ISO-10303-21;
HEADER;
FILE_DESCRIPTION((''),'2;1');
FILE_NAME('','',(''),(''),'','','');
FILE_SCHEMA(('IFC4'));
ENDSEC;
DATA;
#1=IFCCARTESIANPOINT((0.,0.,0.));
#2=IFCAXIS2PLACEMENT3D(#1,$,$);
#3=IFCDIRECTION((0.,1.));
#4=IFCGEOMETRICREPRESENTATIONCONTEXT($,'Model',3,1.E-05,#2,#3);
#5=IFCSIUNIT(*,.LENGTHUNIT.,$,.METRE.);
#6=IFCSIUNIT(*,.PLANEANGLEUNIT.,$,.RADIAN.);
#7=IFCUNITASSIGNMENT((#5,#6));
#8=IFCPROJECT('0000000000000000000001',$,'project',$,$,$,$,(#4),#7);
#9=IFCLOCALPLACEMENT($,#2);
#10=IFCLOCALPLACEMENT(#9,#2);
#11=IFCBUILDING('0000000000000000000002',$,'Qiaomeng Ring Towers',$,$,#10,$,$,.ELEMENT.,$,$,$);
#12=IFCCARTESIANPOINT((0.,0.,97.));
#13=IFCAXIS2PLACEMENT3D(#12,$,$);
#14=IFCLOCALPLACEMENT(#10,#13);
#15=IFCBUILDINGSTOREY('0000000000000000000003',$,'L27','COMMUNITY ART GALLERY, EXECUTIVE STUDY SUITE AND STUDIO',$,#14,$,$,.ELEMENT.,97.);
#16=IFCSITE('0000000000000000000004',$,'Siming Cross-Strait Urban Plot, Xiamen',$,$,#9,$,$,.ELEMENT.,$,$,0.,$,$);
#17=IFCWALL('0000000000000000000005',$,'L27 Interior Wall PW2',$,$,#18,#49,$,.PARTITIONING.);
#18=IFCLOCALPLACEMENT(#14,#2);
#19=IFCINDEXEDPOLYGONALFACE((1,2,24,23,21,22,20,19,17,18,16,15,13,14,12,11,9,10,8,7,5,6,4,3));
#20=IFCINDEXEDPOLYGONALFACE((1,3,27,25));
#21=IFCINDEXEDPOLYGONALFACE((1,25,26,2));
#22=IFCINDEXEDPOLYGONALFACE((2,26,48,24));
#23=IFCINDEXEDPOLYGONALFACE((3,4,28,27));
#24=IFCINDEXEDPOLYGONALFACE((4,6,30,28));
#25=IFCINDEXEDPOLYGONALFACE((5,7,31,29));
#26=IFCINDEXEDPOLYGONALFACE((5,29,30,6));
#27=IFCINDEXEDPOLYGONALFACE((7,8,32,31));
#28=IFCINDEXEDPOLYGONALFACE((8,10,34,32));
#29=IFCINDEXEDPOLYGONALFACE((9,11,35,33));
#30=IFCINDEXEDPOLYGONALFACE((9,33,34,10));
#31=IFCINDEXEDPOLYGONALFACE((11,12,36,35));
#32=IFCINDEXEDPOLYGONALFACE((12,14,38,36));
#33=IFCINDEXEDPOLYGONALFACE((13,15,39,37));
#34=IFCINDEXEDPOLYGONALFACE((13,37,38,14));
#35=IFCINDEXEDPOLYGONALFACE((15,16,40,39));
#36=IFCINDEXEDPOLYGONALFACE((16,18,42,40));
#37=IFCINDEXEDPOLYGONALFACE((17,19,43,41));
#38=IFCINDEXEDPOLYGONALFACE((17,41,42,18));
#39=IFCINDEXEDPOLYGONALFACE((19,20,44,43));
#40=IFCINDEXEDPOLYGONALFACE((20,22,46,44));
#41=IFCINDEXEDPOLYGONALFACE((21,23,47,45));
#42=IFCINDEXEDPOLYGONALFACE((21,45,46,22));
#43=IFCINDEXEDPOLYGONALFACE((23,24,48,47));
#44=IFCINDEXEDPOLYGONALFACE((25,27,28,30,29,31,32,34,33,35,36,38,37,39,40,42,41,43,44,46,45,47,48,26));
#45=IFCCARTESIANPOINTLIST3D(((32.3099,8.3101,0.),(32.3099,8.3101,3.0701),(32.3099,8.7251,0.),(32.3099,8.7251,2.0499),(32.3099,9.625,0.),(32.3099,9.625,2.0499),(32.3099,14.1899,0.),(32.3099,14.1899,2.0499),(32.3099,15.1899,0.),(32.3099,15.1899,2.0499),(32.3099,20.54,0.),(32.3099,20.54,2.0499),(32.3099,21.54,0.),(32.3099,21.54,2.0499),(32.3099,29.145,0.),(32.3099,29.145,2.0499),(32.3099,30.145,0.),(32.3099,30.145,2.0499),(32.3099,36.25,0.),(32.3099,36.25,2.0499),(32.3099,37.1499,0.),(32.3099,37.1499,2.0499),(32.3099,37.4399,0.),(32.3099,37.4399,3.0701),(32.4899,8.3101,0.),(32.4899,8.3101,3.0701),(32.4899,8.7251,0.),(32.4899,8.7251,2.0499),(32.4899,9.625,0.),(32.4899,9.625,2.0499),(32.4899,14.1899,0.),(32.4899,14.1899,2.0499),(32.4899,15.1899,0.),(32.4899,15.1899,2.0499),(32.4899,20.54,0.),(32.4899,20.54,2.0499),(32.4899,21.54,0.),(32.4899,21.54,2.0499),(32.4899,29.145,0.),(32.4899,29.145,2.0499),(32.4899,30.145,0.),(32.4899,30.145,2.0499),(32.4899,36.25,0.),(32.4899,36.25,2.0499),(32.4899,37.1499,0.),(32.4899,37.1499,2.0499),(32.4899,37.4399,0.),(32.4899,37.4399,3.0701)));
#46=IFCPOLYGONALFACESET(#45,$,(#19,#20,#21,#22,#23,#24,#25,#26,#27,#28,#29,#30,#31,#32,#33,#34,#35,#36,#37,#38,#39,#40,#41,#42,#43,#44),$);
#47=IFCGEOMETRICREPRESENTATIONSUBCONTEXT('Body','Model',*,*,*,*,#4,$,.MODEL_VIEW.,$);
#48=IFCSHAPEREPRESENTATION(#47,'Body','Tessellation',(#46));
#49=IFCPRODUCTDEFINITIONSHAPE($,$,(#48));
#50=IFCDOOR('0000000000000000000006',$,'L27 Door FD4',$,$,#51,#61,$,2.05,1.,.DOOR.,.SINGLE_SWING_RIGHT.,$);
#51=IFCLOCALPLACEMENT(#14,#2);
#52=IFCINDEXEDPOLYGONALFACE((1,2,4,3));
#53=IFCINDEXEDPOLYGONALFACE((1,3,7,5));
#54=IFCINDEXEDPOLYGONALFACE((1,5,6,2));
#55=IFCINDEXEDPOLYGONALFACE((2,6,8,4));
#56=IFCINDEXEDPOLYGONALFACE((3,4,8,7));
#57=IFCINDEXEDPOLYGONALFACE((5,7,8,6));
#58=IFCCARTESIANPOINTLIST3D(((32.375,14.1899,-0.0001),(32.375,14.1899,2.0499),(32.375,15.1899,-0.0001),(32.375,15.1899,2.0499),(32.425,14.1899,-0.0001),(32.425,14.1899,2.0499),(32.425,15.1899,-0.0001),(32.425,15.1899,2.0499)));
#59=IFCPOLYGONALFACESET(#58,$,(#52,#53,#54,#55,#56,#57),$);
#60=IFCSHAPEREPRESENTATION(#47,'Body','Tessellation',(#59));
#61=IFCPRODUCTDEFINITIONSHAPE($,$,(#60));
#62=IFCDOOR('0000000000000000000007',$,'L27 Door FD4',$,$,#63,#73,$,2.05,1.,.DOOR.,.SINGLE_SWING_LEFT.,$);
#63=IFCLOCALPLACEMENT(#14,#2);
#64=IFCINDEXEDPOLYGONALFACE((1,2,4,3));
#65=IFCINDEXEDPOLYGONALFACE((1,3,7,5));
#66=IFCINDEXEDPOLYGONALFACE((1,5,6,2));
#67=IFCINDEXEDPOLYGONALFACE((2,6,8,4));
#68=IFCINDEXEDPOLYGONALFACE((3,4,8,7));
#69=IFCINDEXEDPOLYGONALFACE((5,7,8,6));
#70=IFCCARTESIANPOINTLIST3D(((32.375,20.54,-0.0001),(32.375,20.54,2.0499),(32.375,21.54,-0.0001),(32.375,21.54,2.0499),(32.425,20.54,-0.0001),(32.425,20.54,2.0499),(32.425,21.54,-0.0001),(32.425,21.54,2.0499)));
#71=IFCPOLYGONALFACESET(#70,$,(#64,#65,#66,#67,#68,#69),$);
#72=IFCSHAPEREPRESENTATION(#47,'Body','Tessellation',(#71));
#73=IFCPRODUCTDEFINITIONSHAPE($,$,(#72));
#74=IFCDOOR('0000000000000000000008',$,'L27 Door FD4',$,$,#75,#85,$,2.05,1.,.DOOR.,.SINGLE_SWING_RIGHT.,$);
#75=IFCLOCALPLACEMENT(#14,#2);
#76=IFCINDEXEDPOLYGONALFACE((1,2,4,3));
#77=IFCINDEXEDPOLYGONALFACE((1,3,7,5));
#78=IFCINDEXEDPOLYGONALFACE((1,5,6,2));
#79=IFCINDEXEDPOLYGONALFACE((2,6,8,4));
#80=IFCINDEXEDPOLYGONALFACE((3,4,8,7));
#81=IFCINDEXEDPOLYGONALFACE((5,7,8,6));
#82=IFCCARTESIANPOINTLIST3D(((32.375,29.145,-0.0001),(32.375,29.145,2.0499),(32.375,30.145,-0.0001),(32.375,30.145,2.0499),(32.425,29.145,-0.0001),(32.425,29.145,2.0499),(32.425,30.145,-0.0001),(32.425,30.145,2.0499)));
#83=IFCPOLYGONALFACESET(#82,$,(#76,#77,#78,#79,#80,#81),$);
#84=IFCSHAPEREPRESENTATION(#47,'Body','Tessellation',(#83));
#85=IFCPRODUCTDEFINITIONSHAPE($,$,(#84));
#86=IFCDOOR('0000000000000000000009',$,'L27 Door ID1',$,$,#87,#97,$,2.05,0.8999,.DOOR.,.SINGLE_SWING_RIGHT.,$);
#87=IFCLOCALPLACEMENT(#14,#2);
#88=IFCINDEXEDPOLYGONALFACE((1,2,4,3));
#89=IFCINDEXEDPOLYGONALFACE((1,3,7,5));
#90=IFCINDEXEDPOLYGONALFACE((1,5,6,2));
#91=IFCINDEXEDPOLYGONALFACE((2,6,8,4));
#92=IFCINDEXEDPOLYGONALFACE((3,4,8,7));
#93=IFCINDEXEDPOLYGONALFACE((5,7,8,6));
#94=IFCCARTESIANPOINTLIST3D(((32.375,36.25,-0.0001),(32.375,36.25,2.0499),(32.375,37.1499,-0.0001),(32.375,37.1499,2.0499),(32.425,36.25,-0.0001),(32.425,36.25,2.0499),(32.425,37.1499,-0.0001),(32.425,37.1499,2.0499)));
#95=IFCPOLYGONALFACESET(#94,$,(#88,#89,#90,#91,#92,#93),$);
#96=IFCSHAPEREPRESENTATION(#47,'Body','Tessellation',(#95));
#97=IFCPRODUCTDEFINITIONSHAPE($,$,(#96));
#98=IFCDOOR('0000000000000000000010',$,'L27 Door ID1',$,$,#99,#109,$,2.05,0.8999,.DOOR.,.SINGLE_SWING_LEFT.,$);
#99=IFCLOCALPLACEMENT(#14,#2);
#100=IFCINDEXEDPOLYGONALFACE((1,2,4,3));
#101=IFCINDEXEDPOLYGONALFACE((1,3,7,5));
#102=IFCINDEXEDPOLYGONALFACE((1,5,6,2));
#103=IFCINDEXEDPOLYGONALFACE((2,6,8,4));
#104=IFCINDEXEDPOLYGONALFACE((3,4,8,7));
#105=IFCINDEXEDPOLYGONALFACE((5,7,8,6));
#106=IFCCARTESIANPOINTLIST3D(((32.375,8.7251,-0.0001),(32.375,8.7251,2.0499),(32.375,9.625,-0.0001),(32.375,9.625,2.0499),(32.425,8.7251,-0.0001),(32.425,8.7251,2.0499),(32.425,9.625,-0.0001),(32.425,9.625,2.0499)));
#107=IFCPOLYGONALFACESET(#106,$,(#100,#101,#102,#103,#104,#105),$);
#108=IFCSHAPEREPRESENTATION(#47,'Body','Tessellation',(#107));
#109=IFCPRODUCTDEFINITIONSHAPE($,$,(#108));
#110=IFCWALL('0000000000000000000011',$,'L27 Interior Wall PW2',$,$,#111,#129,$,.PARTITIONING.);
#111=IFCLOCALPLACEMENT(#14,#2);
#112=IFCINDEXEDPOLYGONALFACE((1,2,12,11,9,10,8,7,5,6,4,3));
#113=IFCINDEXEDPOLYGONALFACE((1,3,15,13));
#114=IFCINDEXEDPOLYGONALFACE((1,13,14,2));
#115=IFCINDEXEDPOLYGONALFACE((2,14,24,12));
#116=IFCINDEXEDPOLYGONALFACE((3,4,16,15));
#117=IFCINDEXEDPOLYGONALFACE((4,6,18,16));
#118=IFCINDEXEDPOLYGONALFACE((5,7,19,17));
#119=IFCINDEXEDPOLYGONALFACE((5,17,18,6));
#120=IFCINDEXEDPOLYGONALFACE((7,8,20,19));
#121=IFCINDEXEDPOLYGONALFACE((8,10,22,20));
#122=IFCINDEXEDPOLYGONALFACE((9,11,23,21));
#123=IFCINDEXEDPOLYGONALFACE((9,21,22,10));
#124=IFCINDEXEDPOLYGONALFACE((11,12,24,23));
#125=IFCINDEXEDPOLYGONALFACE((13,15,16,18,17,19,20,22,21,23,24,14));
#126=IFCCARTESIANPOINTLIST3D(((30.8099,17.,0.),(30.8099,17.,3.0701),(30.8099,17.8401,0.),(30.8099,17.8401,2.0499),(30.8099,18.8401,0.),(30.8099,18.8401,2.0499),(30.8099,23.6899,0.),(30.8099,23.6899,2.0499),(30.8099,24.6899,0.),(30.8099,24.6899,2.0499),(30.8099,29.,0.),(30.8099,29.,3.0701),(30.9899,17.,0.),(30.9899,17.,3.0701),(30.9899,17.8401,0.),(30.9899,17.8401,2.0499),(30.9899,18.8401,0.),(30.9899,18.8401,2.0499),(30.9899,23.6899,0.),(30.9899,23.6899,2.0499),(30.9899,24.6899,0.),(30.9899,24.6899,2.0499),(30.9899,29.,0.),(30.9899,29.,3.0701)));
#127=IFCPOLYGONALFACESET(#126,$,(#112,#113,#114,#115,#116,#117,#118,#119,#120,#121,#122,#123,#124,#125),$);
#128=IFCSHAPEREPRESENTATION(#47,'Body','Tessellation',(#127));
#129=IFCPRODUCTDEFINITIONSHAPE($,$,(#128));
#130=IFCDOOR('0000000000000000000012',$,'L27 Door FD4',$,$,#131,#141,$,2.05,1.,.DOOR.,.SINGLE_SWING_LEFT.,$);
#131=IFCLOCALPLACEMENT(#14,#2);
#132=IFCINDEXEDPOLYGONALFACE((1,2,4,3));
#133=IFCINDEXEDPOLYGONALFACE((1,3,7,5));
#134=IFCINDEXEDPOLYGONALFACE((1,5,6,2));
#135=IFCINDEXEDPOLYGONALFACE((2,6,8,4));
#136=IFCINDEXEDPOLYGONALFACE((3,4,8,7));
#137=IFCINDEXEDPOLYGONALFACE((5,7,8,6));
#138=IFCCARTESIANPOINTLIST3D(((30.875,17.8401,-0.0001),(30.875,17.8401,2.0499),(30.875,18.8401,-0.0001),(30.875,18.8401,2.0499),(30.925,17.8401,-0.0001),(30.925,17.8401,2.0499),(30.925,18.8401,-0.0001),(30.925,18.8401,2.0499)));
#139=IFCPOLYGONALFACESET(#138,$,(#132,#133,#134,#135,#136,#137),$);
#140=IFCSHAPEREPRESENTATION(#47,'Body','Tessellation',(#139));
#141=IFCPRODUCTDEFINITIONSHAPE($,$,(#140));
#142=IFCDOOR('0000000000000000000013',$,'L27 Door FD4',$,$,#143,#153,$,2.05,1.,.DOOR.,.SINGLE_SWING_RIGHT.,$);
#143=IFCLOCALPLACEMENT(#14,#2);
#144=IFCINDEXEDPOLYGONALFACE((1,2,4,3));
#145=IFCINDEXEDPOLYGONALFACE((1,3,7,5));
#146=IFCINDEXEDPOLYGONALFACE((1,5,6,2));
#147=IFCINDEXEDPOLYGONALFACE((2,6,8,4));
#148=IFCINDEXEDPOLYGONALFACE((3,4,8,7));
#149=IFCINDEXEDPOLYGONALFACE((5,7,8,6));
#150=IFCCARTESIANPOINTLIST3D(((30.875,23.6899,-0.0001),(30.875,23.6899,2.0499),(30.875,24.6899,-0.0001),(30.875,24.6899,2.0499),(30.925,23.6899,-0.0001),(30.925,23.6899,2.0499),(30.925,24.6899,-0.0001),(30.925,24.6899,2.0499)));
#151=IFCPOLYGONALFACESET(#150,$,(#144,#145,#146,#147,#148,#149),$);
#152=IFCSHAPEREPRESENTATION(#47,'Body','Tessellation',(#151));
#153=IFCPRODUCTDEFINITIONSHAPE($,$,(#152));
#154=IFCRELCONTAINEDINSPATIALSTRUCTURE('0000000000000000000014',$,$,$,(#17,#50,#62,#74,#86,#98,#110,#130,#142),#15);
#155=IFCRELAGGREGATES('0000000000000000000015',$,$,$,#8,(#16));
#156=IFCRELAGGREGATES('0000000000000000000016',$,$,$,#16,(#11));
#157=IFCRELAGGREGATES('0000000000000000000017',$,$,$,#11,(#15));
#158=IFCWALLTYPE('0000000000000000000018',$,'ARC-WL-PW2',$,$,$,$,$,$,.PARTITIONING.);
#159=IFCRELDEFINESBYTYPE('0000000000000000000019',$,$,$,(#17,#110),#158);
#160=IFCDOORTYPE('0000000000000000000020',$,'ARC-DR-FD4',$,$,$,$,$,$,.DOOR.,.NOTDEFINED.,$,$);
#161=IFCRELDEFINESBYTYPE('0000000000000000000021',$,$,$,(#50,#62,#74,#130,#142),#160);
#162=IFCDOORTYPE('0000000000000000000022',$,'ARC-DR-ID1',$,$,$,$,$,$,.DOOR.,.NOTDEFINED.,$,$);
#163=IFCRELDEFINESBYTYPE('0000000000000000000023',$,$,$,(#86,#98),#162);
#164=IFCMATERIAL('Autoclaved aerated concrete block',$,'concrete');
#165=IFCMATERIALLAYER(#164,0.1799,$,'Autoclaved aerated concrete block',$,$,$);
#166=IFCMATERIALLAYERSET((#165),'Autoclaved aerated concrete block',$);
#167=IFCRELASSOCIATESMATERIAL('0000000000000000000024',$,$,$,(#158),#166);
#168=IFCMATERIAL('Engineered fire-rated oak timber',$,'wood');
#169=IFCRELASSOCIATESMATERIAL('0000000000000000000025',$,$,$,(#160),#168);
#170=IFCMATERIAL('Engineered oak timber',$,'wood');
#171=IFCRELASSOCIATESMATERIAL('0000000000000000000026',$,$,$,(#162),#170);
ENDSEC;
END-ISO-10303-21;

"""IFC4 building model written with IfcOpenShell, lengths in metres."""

from ifc_helpers import new_model, si_unit, direction, frame, frame_2d, origin, place, context, subcontext, project, spatial, rectangle, extrude, source, transform, mapped, material, layer, layer_set, type_object, element, fill, save


model = new_model("IFC4")

# Units and contexts
model_context = context("Model", 3, precision=1e-05, world=origin(), true_north=direction((0.0, 1.0)))
body_context = subcontext(model_context, "Body", "Model", "MODEL_VIEW")
ifc_project = project(units=[si_unit("LENGTHUNIT", "METRE"), si_unit("PLANEANGLEUNIT", "RADIAN")], contexts=[model_context])

# Site, building, storey
site_placement = place(None, origin())
site = spatial("IfcSite", under=ifc_project, at=site_placement, Name="Siming Cross-Strait Urban Plot, Xiamen", CompositionType="ELEMENT", RefElevation=0.0)
building_placement = place(site_placement, origin())
building = spatial("IfcBuilding", under=site, at=building_placement, Name="Qiaomeng Ring Towers", CompositionType="ELEMENT")
storey_placement = place(building_placement, frame((0.0, 0.0, 97.0)))
storey = spatial("IfcBuildingStorey", under=building, at=storey_placement, Name="L27", Description="COMMUNITY ART GALLERY, EXECUTIVE STUDY SUITE AND STUDIO", CompositionType="ELEMENT", Elevation=97.0)

# Shared definitions
ifc_material_1 = material(Name="Autoclaved aerated concrete block", Category="concrete")

# Walls, openings, doors
ifc_layer_1 = layer(ifc_material_1, 0.1799, Name="Autoclaved aerated concrete block")
ifc_layer_set_1 = layer_set([ifc_layer_1], Name="Autoclaved aerated concrete block")
wall_type_1 = type_object("IfcWallType", Name="ARC-WL-PW2", PredefinedType="PARTITIONING", material=ifc_layer_set_1)
wall_1_placement = place(storey_placement, frame((32.3999, 8.3101, 0.0), z_axis=(0.0, 0.0, 1.0), x_axis=(0.0, 1.0, 0.0)))
wall_1 = element("IfcWall", 1, at=wall_1_placement, inside=storey, type_object=wall_type_1, Name="L27 Interior Wall PW2", PredefinedType="PARTITIONING", context=body_context, shape_type="SweptSolid", body=[
    extrude(rectangle(XDim=29.1299, YDim=0.1799, at=frame_2d((14.5649, 0.0))), origin(), (0.0, 0.0, 1.0), 3.0701),
])
opening_1_placement = place(wall_1_placement, frame((27.9399, 0.0, 0.0)))
opening_1 = element("IfcOpeningElement", 2, at=opening_1_placement, cuts=wall_1, PredefinedType="OPENING", context=body_context, shape_type="SweptSolid", body=[
    extrude(rectangle(XDim=0.8999, YDim=2.05, at=frame_2d((0.45, 1.0249))), frame((0.0, 0.0999, 0.0), z_axis=(0.0, -1.0, 0.0), x_axis=(1.0, 0.0, 0.0)), (0.0, 0.0, 1.0), 0.2),
])
opening_2_placement = place(wall_1_placement, frame((0.415, 0.0, 0.0)))
opening_2 = element("IfcOpeningElement", 3, at=opening_2_placement, cuts=wall_1, PredefinedType="OPENING", context=body_context, shape_type="SweptSolid", body=[
    extrude(rectangle(XDim=0.8999, YDim=2.05, at=frame_2d((0.45, 1.0249))), frame((0.0, 0.0999, 0.0), z_axis=(0.0, -1.0, 0.0), x_axis=(1.0, 0.0, 0.0)), (0.0, 0.0, 1.0), 0.2),
])
opening_3_placement = place(wall_1_placement, frame((5.8799, 0.0, 0.0)))
opening_3 = element("IfcOpeningElement", 4, at=opening_3_placement, cuts=wall_1, PredefinedType="OPENING", context=body_context, shape_type="SweptSolid", body=[
    extrude(rectangle(XDim=1.0, YDim=2.05, at=frame_2d((0.5, 1.0249))), frame((0.0, 0.0999, 0.0), z_axis=(0.0, -1.0, 0.0), x_axis=(1.0, 0.0, 0.0)), (0.0, 0.0, 1.0), 0.2),
])
opening_4_placement = place(wall_1_placement, frame((12.23, 0.0, 0.0)))
opening_4 = element("IfcOpeningElement", 5, at=opening_4_placement, cuts=wall_1, PredefinedType="OPENING", context=body_context, shape_type="SweptSolid", body=[
    extrude(rectangle(XDim=1.0, YDim=2.05, at=frame_2d((0.5, 1.0249))), frame((0.0, 0.0999, 0.0), z_axis=(0.0, -1.0, 0.0), x_axis=(1.0, 0.0, 0.0)), (0.0, 0.0, 1.0), 0.2),
])
opening_5_placement = place(wall_1_placement, frame((20.835, 0.0, 0.0)))
opening_5 = element("IfcOpeningElement", 6, at=opening_5_placement, cuts=wall_1, PredefinedType="OPENING", context=body_context, shape_type="SweptSolid", body=[
    extrude(rectangle(XDim=1.0, YDim=2.05, at=frame_2d((0.5, 1.0249))), frame((0.0, 0.0999, 0.0), z_axis=(0.0, -1.0, 0.0), x_axis=(1.0, 0.0, 0.0)), (0.0, 0.0, 1.0), 0.2),
])
ifc_material_2 = material(Name="Engineered fire-rated oak timber", Category="wood")
door_type_1 = type_object("IfcDoorType", Name="ARC-DR-FD4", OperationType="NOTDEFINED", PredefinedType="DOOR", material=ifc_material_2)
shared_shape_1 = source(origin(), body_context, "Body", "SweptSolid", [
    extrude(rectangle(XDim=1.0, YDim=2.05, at=frame_2d((0.5, 1.0249))), frame((0.0, 0.0249, 0.0), z_axis=(0.0, -1.0, 0.0), x_axis=(1.0, 0.0, 0.0)), (0.0, 0.0, 1.0), 0.05),
])
door_1_placement = place(opening_3_placement, origin())
door_1 = element("IfcDoor", 7, at=door_1_placement, inside=storey, type_object=door_type_1, Name="L27 Door FD4", OperationType="SINGLE_SWING_RIGHT", OverallHeight=2.05, OverallWidth=1.0, PredefinedType="DOOR", context=body_context, shape_type="MappedRepresentation", body=[
    mapped(shared_shape_1, transform((0.0, 0.0, 0.0), x_axis=(1.0, 0.0, 0.0), y_axis=(0.0, 1.0, 0.0), z_axis=(0.0, 0.0, 1.0), scale=1.0)),
])
fill(opening_3, door_1)
door_2_placement = place(opening_4_placement, origin())
door_2 = element("IfcDoor", 8, at=door_2_placement, inside=storey, type_object=door_type_1, Name="L27 Door FD4", OperationType="SINGLE_SWING_LEFT", OverallHeight=2.05, OverallWidth=1.0, PredefinedType="DOOR", context=body_context, shape_type="MappedRepresentation", body=[
    mapped(shared_shape_1, transform((0.0, 0.0, 0.0), x_axis=(1.0, 0.0, 0.0), y_axis=(0.0, 1.0, 0.0), z_axis=(0.0, 0.0, 1.0), scale=1.0)),
])
fill(opening_4, door_2)
door_3_placement = place(opening_5_placement, origin())
door_3 = element("IfcDoor", 9, at=door_3_placement, inside=storey, type_object=door_type_1, Name="L27 Door FD4", OperationType="SINGLE_SWING_RIGHT", OverallHeight=2.05, OverallWidth=1.0, PredefinedType="DOOR", context=body_context, shape_type="MappedRepresentation", body=[
    mapped(shared_shape_1, transform((0.0, 0.0, 0.0), x_axis=(1.0, 0.0, 0.0), y_axis=(0.0, 1.0, 0.0), z_axis=(0.0, 0.0, 1.0), scale=1.0)),
])
fill(opening_5, door_3)
ifc_material_3 = material(Name="Engineered oak timber", Category="wood")
door_type_2 = type_object("IfcDoorType", Name="ARC-DR-ID1", OperationType="NOTDEFINED", PredefinedType="DOOR", material=ifc_material_3)
shared_shape_2 = source(origin(), body_context, "Body", "SweptSolid", [
    extrude(rectangle(XDim=0.8999, YDim=2.05, at=frame_2d((0.45, 1.0249))), frame((0.0, 0.0249, 0.0), z_axis=(0.0, -1.0, 0.0), x_axis=(1.0, 0.0, 0.0)), (0.0, 0.0, 1.0), 0.05),
])
door_4_placement = place(opening_1_placement, origin())
door_4 = element("IfcDoor", 10, at=door_4_placement, inside=storey, type_object=door_type_2, Name="L27 Door ID1", OperationType="SINGLE_SWING_RIGHT", OverallHeight=2.05, OverallWidth=0.8999, PredefinedType="DOOR", context=body_context, shape_type="MappedRepresentation", body=[
    mapped(shared_shape_2, transform((0.0, 0.0, 0.0), x_axis=(1.0, 0.0, 0.0), y_axis=(0.0, 1.0, 0.0), z_axis=(0.0, 0.0, 1.0), scale=1.0)),
])
fill(opening_1, door_4)
door_5_placement = place(opening_2_placement, origin())
door_5 = element("IfcDoor", 11, at=door_5_placement, inside=storey, type_object=door_type_2, Name="L27 Door ID1", OperationType="SINGLE_SWING_LEFT", OverallHeight=2.05, OverallWidth=0.8999, PredefinedType="DOOR", context=body_context, shape_type="MappedRepresentation", body=[
    mapped(shared_shape_2, transform((0.0, 0.0, 0.0), x_axis=(1.0, 0.0, 0.0), y_axis=(0.0, 1.0, 0.0), z_axis=(0.0, 0.0, 1.0), scale=1.0)),
])
fill(opening_2, door_5)
wall_2_placement = place(storey_placement, frame((30.8999, 17.0, 0.0), z_axis=(0.0, 0.0, 1.0), x_axis=(0.0, 1.0, 0.0)))
wall_2 = element("IfcWall", 12, at=wall_2_placement, inside=storey, type_object=wall_type_1, Name="L27 Interior Wall PW2", PredefinedType="PARTITIONING", context=body_context, shape_type="SweptSolid", body=[
    extrude(rectangle(XDim=12.0, YDim=0.1799, at=frame_2d((6.0, 0.0))), origin(), (0.0, 0.0, 1.0), 3.0701),
])
opening_6_placement = place(wall_2_placement, frame((0.8401, 0.0, 0.0)))
opening_6 = element("IfcOpeningElement", 13, at=opening_6_placement, cuts=wall_2, PredefinedType="OPENING", context=body_context, shape_type="SweptSolid", body=[
    extrude(rectangle(XDim=1.0, YDim=2.05, at=frame_2d((0.5, 1.0249))), frame((0.0, 0.0999, 0.0), z_axis=(0.0, -1.0, 0.0), x_axis=(1.0, 0.0, 0.0)), (0.0, 0.0, 1.0), 0.2),
])
opening_7_placement = place(wall_2_placement, frame((6.6899, 0.0, 0.0)))
opening_7 = element("IfcOpeningElement", 14, at=opening_7_placement, cuts=wall_2, PredefinedType="OPENING", context=body_context, shape_type="SweptSolid", body=[
    extrude(rectangle(XDim=1.0, YDim=2.05, at=frame_2d((0.5, 1.0249))), frame((0.0, 0.0999, 0.0), z_axis=(0.0, -1.0, 0.0), x_axis=(1.0, 0.0, 0.0)), (0.0, 0.0, 1.0), 0.2),
])
door_6_placement = place(opening_6_placement, origin())
door_6 = element("IfcDoor", 15, at=door_6_placement, inside=storey, type_object=door_type_1, Name="L27 Door FD4", OperationType="SINGLE_SWING_LEFT", OverallHeight=2.05, OverallWidth=1.0, PredefinedType="DOOR", context=body_context, shape_type="MappedRepresentation", body=[
    mapped(shared_shape_1, transform((0.0, 0.0, 0.0), x_axis=(1.0, 0.0, 0.0), y_axis=(0.0, 1.0, 0.0), z_axis=(0.0, 0.0, 1.0), scale=1.0)),
])
fill(opening_6, door_6)
door_7_placement = place(opening_7_placement, origin())
door_7 = element("IfcDoor", 16, at=door_7_placement, inside=storey, type_object=door_type_1, Name="L27 Door FD4", OperationType="SINGLE_SWING_RIGHT", OverallHeight=2.05, OverallWidth=1.0, PredefinedType="DOOR", context=body_context, shape_type="MappedRepresentation", body=[
    mapped(shared_shape_1, transform((0.0, 0.0, 0.0), x_axis=(1.0, 0.0, 0.0), y_axis=(0.0, 1.0, 0.0), z_axis=(0.0, 0.0, 1.0), scale=1.0)),
])
fill(opening_7, door_7)

save(model, "model.ifc")
